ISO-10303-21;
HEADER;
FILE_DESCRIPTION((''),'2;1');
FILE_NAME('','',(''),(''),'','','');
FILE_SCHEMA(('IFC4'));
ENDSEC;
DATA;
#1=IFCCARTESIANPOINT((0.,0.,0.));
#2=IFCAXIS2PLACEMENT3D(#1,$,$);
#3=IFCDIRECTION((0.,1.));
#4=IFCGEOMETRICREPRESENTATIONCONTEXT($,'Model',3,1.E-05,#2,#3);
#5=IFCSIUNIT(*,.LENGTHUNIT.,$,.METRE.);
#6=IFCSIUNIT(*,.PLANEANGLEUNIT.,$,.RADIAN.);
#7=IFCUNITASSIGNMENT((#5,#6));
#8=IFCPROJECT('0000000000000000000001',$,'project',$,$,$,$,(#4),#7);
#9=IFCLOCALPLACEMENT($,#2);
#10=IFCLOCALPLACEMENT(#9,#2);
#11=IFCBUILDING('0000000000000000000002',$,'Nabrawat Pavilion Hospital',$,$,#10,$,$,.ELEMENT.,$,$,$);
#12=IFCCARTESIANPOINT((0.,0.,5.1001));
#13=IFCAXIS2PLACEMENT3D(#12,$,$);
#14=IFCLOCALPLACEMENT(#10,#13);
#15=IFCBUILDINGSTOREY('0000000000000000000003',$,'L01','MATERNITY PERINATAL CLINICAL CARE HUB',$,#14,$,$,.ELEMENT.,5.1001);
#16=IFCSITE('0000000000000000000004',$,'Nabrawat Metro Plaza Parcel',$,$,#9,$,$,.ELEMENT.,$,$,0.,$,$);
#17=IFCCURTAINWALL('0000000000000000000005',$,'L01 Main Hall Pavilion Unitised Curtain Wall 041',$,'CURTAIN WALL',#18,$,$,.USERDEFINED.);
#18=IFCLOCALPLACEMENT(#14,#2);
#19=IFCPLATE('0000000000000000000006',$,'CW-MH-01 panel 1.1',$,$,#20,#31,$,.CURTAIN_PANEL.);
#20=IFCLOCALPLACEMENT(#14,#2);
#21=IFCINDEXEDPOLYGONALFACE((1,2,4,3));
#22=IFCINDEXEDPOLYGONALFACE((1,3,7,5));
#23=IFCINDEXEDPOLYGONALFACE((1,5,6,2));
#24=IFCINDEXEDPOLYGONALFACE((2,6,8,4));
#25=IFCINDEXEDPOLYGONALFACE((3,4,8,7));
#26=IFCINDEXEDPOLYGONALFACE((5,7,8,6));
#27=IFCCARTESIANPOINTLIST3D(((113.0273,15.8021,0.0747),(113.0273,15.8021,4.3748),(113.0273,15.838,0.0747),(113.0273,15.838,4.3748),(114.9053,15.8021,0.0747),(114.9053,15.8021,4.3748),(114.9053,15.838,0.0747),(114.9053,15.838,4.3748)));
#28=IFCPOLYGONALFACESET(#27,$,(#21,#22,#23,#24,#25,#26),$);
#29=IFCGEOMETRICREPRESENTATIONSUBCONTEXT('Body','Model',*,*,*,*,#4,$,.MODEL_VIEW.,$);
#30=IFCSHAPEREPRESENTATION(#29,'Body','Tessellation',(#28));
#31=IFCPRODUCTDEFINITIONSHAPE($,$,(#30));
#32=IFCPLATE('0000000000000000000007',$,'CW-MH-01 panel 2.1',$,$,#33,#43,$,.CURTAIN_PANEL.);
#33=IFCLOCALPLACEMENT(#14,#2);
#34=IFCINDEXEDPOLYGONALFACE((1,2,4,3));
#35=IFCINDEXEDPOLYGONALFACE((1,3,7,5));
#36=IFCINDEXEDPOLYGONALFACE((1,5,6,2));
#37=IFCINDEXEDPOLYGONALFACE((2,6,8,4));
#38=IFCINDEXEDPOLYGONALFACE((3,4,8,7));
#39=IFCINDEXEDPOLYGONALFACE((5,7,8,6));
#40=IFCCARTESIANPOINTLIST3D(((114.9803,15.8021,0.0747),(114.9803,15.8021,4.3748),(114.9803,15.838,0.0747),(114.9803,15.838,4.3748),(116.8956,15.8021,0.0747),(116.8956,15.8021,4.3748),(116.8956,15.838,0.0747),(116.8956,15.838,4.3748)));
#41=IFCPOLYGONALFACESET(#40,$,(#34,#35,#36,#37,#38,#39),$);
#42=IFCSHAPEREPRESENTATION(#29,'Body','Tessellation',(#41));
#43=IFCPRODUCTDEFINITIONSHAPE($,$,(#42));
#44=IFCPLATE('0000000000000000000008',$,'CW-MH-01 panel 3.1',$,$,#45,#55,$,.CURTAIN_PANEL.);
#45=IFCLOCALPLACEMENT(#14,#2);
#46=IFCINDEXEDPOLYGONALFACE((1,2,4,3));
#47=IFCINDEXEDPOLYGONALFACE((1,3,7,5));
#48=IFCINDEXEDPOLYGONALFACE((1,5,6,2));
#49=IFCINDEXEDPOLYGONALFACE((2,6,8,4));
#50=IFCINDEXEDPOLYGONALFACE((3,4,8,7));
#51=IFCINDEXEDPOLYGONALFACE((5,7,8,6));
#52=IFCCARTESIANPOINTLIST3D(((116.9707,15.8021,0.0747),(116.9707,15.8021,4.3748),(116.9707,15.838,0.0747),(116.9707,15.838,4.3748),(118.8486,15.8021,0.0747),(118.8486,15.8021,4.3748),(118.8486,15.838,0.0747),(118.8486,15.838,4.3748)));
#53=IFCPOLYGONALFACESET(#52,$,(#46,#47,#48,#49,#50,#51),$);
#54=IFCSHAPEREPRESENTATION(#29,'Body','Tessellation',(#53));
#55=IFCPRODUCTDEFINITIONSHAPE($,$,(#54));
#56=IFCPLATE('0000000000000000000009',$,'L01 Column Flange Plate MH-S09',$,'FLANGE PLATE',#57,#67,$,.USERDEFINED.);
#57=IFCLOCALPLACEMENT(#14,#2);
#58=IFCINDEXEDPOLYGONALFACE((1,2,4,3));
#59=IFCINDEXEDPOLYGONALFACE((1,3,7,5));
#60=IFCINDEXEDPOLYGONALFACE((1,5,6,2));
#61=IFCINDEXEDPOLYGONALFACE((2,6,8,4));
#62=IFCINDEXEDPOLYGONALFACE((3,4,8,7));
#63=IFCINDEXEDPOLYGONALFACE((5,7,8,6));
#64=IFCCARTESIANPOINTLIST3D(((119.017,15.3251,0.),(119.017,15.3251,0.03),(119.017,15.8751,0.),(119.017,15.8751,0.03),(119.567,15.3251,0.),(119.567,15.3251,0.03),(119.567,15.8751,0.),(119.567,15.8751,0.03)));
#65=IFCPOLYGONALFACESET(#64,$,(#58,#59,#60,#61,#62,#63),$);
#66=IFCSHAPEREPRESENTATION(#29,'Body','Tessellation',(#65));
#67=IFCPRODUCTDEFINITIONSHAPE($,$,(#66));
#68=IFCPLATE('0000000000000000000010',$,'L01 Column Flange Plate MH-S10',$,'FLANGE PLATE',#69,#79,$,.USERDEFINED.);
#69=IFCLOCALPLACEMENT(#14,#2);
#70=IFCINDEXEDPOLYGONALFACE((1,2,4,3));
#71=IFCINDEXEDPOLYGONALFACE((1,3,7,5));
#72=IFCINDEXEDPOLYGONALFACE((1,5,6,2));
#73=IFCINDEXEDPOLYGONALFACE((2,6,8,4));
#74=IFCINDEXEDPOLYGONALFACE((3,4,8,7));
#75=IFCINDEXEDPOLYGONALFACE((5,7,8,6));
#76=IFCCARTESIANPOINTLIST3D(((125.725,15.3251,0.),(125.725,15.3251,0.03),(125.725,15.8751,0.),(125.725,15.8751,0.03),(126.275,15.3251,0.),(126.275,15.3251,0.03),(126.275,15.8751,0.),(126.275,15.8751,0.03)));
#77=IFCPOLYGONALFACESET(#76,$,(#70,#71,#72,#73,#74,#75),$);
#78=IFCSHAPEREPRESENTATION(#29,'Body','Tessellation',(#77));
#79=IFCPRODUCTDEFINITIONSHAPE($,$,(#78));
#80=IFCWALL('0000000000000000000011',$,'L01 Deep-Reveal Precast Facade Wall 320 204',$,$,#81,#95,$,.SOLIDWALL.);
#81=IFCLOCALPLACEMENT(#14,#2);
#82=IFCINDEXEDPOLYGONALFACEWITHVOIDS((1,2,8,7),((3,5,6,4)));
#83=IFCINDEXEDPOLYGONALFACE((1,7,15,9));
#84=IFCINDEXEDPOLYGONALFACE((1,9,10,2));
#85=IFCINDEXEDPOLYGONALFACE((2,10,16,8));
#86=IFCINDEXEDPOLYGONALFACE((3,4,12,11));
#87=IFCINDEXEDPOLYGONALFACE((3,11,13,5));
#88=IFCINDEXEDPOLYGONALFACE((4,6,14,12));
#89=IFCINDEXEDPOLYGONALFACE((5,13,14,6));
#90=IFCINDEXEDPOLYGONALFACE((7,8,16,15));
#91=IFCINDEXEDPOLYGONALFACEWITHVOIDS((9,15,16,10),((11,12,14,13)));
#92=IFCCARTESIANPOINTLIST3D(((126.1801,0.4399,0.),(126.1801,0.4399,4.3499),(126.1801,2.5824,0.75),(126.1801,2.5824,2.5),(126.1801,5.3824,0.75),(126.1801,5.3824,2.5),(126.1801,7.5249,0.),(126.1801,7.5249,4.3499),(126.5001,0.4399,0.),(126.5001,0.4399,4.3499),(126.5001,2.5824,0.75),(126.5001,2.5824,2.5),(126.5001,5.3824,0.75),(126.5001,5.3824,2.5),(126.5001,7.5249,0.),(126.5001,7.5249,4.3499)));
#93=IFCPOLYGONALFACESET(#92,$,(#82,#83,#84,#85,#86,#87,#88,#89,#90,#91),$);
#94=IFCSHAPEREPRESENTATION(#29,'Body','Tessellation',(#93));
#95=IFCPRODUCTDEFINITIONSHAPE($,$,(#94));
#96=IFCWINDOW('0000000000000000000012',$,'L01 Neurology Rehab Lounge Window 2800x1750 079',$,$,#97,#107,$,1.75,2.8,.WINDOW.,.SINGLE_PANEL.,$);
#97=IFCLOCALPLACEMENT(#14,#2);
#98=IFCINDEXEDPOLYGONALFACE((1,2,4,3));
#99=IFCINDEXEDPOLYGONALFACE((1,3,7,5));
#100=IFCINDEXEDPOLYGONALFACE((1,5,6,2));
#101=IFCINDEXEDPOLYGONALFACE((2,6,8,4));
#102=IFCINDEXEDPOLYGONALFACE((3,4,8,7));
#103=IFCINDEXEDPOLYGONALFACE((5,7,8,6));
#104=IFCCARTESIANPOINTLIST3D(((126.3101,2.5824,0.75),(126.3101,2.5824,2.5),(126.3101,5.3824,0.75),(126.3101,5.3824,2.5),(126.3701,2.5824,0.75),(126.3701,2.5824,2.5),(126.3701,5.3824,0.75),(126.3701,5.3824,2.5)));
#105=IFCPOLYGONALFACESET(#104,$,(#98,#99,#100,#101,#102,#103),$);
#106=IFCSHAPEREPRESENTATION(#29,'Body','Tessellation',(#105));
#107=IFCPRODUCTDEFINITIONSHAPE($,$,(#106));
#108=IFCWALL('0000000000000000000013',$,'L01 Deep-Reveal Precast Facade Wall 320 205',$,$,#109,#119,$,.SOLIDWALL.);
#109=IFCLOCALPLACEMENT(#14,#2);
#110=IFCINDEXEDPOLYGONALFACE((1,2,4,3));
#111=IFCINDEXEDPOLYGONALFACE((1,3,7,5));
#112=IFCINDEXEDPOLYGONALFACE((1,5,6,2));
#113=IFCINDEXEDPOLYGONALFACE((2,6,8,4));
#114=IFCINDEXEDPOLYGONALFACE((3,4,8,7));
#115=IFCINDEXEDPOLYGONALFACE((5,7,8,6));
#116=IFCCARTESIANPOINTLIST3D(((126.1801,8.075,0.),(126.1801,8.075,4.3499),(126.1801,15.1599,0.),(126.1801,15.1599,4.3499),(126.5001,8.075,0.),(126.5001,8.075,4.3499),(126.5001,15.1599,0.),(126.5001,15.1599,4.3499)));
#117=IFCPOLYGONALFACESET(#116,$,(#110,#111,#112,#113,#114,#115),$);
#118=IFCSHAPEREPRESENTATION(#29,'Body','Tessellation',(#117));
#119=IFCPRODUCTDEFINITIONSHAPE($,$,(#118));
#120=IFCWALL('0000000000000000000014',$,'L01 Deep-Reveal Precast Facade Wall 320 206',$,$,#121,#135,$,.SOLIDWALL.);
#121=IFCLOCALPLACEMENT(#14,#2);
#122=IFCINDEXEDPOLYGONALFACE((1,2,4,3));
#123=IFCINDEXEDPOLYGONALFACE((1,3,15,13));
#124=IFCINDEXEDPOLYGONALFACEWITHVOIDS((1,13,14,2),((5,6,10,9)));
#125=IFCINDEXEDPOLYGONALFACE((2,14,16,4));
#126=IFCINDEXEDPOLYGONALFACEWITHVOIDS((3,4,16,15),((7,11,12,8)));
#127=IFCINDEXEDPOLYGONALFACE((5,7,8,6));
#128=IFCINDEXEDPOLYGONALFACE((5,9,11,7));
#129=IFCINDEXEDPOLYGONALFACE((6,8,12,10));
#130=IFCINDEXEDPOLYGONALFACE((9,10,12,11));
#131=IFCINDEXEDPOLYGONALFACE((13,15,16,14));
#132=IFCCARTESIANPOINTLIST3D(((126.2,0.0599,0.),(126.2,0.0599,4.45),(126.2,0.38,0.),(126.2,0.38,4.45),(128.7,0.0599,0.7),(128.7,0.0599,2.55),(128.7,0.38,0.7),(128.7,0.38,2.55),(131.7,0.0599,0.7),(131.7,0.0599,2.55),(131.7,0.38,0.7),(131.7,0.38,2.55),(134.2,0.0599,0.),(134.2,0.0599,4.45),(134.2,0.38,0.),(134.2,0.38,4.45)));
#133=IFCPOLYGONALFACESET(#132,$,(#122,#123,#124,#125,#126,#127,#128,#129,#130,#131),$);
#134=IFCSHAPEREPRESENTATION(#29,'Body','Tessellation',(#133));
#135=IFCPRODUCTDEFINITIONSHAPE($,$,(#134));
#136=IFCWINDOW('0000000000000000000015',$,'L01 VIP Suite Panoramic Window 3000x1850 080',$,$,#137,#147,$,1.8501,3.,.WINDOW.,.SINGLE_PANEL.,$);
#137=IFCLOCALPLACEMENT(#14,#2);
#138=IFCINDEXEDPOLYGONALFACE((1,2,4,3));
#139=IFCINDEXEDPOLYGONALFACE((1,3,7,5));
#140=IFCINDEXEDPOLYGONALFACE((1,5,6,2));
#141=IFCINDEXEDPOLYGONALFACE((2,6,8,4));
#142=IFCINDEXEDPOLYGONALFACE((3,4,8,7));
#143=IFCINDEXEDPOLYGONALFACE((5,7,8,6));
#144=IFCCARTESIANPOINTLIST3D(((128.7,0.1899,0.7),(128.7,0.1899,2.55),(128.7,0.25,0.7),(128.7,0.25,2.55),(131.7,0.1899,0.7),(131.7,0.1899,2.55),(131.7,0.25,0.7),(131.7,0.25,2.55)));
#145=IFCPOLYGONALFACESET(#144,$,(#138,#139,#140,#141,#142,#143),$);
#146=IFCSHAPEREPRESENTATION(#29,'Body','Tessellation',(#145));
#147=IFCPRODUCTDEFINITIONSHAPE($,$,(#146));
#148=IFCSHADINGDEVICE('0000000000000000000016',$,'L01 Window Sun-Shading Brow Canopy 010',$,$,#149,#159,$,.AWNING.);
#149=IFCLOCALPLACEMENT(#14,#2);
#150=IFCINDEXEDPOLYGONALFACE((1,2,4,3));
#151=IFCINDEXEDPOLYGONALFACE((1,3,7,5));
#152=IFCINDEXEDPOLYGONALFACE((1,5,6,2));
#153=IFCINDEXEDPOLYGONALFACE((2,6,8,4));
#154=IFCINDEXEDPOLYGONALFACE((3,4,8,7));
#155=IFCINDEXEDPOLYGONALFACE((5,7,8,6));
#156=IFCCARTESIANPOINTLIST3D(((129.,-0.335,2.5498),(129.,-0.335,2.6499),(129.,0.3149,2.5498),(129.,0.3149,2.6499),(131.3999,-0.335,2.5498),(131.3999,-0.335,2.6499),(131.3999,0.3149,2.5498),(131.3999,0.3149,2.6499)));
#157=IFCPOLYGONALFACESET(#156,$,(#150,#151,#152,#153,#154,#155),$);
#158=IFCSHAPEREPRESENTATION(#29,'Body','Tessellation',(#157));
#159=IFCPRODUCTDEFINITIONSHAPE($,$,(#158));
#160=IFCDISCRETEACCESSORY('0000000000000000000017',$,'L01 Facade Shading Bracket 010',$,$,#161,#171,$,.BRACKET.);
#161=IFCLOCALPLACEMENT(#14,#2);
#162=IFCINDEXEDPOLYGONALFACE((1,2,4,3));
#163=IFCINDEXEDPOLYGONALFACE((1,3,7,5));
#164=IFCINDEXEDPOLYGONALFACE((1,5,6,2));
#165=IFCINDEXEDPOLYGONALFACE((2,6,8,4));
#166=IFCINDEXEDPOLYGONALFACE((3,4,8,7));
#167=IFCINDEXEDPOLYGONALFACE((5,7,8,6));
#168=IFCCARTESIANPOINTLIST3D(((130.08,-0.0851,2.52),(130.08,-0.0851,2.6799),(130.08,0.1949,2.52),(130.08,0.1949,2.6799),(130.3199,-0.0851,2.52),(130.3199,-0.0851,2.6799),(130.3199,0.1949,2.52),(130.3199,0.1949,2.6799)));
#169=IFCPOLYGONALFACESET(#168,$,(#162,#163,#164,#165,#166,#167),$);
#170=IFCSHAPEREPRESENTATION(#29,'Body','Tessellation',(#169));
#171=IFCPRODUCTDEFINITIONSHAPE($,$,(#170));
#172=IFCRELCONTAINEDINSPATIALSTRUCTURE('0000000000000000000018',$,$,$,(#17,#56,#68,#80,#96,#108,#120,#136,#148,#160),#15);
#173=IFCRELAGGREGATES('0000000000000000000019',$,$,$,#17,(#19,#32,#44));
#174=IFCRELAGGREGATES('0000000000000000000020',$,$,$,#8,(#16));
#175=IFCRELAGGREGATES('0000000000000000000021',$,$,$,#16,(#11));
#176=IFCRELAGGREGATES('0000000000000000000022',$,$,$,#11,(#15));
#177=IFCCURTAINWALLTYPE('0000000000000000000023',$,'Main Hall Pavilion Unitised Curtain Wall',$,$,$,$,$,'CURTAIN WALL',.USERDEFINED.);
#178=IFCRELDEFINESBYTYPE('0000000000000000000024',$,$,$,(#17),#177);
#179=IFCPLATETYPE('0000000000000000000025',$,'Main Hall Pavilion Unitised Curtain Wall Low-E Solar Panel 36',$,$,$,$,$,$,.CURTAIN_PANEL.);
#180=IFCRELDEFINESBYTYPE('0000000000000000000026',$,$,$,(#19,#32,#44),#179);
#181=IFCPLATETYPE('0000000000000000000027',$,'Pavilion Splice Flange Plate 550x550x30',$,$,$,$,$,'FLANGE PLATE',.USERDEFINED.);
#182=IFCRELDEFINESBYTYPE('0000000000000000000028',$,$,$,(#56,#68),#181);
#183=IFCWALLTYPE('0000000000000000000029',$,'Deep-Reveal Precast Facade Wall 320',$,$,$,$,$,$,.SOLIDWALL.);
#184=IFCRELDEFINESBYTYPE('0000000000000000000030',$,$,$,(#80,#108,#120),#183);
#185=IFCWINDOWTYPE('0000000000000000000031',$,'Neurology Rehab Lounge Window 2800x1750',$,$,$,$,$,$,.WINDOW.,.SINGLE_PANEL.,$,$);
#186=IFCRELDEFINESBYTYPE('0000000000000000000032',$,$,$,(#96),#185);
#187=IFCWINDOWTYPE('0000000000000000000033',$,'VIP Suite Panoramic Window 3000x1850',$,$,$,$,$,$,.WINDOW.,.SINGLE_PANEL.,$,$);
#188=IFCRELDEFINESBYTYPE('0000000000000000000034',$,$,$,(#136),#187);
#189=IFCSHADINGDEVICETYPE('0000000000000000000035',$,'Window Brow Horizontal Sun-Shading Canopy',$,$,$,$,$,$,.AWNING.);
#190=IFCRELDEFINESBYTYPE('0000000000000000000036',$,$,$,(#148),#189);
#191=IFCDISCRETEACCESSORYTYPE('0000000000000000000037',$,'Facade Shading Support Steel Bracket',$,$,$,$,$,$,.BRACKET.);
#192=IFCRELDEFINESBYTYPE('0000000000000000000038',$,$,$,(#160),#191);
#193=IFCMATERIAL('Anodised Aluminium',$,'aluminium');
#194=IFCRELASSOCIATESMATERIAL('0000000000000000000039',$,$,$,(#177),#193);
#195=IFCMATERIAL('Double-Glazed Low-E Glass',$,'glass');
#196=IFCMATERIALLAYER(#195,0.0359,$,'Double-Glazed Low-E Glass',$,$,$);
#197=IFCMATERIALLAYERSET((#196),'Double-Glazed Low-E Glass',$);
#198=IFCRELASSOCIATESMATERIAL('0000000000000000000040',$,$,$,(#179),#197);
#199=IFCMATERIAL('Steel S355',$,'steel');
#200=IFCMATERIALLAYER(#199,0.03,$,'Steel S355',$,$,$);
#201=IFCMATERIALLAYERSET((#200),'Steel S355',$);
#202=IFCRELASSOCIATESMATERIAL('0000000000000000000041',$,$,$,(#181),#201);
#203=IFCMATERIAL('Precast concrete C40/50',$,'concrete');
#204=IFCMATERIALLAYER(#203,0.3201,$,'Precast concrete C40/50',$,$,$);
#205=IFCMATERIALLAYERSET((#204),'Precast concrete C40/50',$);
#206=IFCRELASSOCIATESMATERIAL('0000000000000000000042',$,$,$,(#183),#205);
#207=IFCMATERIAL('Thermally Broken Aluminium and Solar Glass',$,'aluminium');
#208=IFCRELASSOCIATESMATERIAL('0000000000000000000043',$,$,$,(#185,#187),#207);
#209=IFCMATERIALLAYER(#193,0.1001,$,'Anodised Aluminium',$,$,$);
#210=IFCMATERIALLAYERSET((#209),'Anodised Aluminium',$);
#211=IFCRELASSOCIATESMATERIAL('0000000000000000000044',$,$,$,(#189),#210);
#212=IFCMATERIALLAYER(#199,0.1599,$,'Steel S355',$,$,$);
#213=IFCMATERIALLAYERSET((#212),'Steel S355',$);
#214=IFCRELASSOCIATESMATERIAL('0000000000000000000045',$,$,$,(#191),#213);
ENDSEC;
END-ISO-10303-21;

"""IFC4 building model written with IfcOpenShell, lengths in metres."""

from ifc_helpers import new_model, si_unit, direction, frame, frame_2d, origin, origin_2d, place, context, subcontext, project, spatial, rectangle, extrude, material, layer, layer_set, type_object, element, fill, aggregate, save


model = new_model("IFC4")

# Units and contexts
model_context = context("Model", 3, precision=1e-05, world=origin(), true_north=direction((0.0, 1.0)))
body_context = subcontext(model_context, "Body", "Model", "MODEL_VIEW")
ifc_project = project(units=[si_unit("LENGTHUNIT", "METRE"), si_unit("PLANEANGLEUNIT", "RADIAN")], contexts=[model_context])

# Site, building, storey
site_placement = place(None, origin())
site = spatial("IfcSite", under=ifc_project, at=site_placement, Name="Nabrawat Metro Plaza Parcel", CompositionType="ELEMENT", RefElevation=0.0)
building_placement = place(site_placement, origin())
building = spatial("IfcBuilding", under=site, at=building_placement, Name="Nabrawat Pavilion Hospital", CompositionType="ELEMENT")
storey_placement = place(building_placement, frame((0.0, 0.0, 5.1001)))
storey = spatial("IfcBuildingStorey", under=building, at=storey_placement, Name="L01", Description="MATERNITY PERINATAL CLINICAL CARE HUB", CompositionType="ELEMENT", Elevation=5.1001)

# Shared definitions
ifc_material_1 = material(Name="Steel S355", Category="steel")

# Curtain wall
ifc_material_2 = material(Name="Anodised Aluminium", Category="aluminium")
curtain_wall_type = type_object("IfcCurtainWallType", Name="Main Hall Pavilion Unitised Curtain Wall", ElementType="CURTAIN WALL", PredefinedType="USERDEFINED", material=ifc_material_2)
curtain_wall_placement = place(storey_placement, origin())
curtain_wall = element("IfcCurtainWall", 1, at=curtain_wall_placement, inside=storey, type_object=curtain_wall_type, Name="L01 Main Hall Pavilion Unitised Curtain Wall 041", ObjectType="CURTAIN WALL", PredefinedType="USERDEFINED")

# Plates
ifc_material_3 = material(Name="Double-Glazed Low-E Glass", Category="glass")
ifc_layer_1 = layer(ifc_material_3, 0.0359, Name="Double-Glazed Low-E Glass")
ifc_layer_set_1 = layer_set([ifc_layer_1], Name="Double-Glazed Low-E Glass")
plate_type_1 = type_object("IfcPlateType", Name="Main Hall Pavilion Unitised Curtain Wall Low-E Solar Panel 36", PredefinedType="CURTAIN_PANEL", material=ifc_layer_set_1)
plate_1_placement = place(storey_placement, frame((113.9663, 15.8201, 0.0747), z_axis=(0.0, 0.0, 1.0), x_axis=(1.0, 0.0, 0.0)))
plate_1 = element("IfcPlate", 2, at=plate_1_placement, type_object=plate_type_1, Name="CW-MH-01 panel 1.1", PredefinedType="CURTAIN_PANEL", context=body_context, shape_type="SweptSolid", body=[
    extrude(rectangle(XDim=1.8779, YDim=0.0359, at=origin_2d()), origin(), (0.0, 0.0, 1.0), 4.3),
])
plate_2_placement = place(storey_placement, frame((115.938, 15.8201, 0.0747), z_axis=(0.0, 0.0, 1.0), x_axis=(1.0, 0.0, 0.0)))
plate_2 = element("IfcPlate", 3, at=plate_2_placement, type_object=plate_type_1, Name="CW-MH-01 panel 2.1", PredefinedType="CURTAIN_PANEL", context=body_context, shape_type="SweptSolid", body=[
    extrude(rectangle(XDim=1.9153, YDim=0.0359, at=origin_2d()), origin(), (0.0, 0.0, 1.0), 4.3),
])
plate_3_placement = place(storey_placement, frame((117.9097, 15.8201, 0.0747), z_axis=(0.0, 0.0, 1.0), x_axis=(1.0, 0.0, 0.0)))
plate_3 = element("IfcPlate", 4, at=plate_3_placement, type_object=plate_type_1, Name="CW-MH-01 panel 3.1", PredefinedType="CURTAIN_PANEL", context=body_context, shape_type="SweptSolid", body=[
    extrude(rectangle(XDim=1.8779, YDim=0.0359, at=origin_2d()), origin(), (0.0, 0.0, 1.0), 4.3),
])
aggregate(curtain_wall, [plate_1, plate_2, plate_3])

# Plates
ifc_layer_2 = layer(ifc_material_1, 0.03, Name="Steel S355")
ifc_layer_set_2 = layer_set([ifc_layer_2], Name="Steel S355")
plate_type_2 = type_object("IfcPlateType", Name="Pavilion Splice Flange Plate 550x550x30", ElementType="FLANGE PLATE", PredefinedType="USERDEFINED", material=ifc_layer_set_2)
for number, where, z_axis, x_axis, name in (
    (5, (119.292, 15.6001, 0.0), (0.0, 0.0, 1.0), (1.0, 0.0, 0.0), "L01 Column Flange Plate MH-S09"),
    (6, (126.0, 15.6001, 0.0), (0.0, 0.0, 1.0), (1.0, 0.0, 0.0), "L01 Column Flange Plate MH-S10"),
):
    element("IfcPlate", number, at=place(storey_placement, frame(where, z_axis=z_axis, x_axis=x_axis)), inside=storey, type_object=plate_type_2, Name=name, ObjectType="FLANGE PLATE", PredefinedType="USERDEFINED", context=body_context, shape_type="SweptSolid", body=[
        extrude(rectangle(XDim=0.55, YDim=0.55, at=origin_2d()), origin(), (0.0, 0.0, 1.0), 0.03),
    ])

# Wall, opening, window
ifc_material_4 = material(Name="Precast concrete C40/50", Category="concrete")
ifc_layer_3 = layer(ifc_material_4, 0.3201, Name="Precast concrete C40/50")
ifc_layer_set_3 = layer_set([ifc_layer_3], Name="Precast concrete C40/50")
wall_type = type_object("IfcWallType", Name="Deep-Reveal Precast Facade Wall 320", PredefinedType="SOLIDWALL", material=ifc_layer_set_3)
wall_1_placement = place(storey_placement, frame((126.3401, 0.4399, 0.0), z_axis=(0.0, 0.0, 1.0), x_axis=(0.0, 1.0, 0.0)))
wall_1 = element("IfcWall", 7, at=wall_1_placement, inside=storey, type_object=wall_type, Name="L01 Deep-Reveal Precast Facade Wall 320 204", PredefinedType="SOLIDWALL", context=body_context, shape_type="SweptSolid", body=[
    extrude(rectangle(XDim=7.085, YDim=0.3201, at=frame_2d((3.5425, 0.0))), origin(), (0.0, 0.0, 1.0), 4.3499),
])
opening_1_placement = place(wall_1_placement, frame((2.1426, 0.0, 0.75)))
opening_1 = element("IfcOpeningElement", 8, at=opening_1_placement, cuts=wall_1, PredefinedType="OPENING", context=body_context, shape_type="SweptSolid", body=[
    extrude(rectangle(XDim=2.8, YDim=1.75, at=frame_2d((1.3999, 0.875))), frame((0.0, 0.1699, 0.0), z_axis=(0.0, -1.0, 0.0), x_axis=(1.0, 0.0, 0.0)), (0.0, 0.0, 1.0), 0.3401),
])
ifc_material_5 = material(Name="Thermally Broken Aluminium and Solar Glass", Category="aluminium")
window_type_1 = type_object("IfcWindowType", Name="Neurology Rehab Lounge Window 2800x1750", PartitioningType="SINGLE_PANEL", PredefinedType="WINDOW", material=ifc_material_5)
window_1_placement = place(opening_1_placement, origin())
window_1 = element("IfcWindow", 9, at=window_1_placement, inside=storey, type_object=window_type_1, Name="L01 Neurology Rehab Lounge Window 2800x1750 079", OverallHeight=1.75, OverallWidth=2.8, PartitioningType="SINGLE_PANEL", PredefinedType="WINDOW", context=body_context, shape_type="SweptSolid", body=[
    extrude(rectangle(XDim=2.8, YDim=1.75, at=frame_2d((1.3999, 0.875))), frame((0.0, 0.03, 0.0), z_axis=(0.0, -1.0, 0.0), x_axis=(1.0, 0.0, 0.0)), (0.0, 0.0, 1.0), 0.0601),
])
fill(opening_1, window_1)

# Wall
wall_2_placement = place(storey_placement, frame((126.3401, 8.075, 0.0), z_axis=(0.0, 0.0, 1.0), x_axis=(0.0, 1.0, 0.0)))
element("IfcWall", 10, at=wall_2_placement, inside=storey, type_object=wall_type, Name="L01 Deep-Reveal Precast Facade Wall 320 205", PredefinedType="SOLIDWALL", context=body_context, shape_type="SweptSolid", body=[
    extrude(rectangle(XDim=7.085, YDim=0.3201, at=frame_2d((3.5425, 0.0))), origin(), (0.0, 0.0, 1.0), 4.3499),
])

# Wall, opening, window
wall_3_placement = place(storey_placement, frame((126.2, 0.22, 0.0), z_axis=(0.0, 0.0, 1.0), x_axis=(1.0, 0.0, 0.0)))
wall_3 = element("IfcWall", 11, at=wall_3_placement, inside=storey, type_object=wall_type, Name="L01 Deep-Reveal Precast Facade Wall 320 206", PredefinedType="SOLIDWALL", context=body_context, shape_type="SweptSolid", body=[
    extrude(rectangle(XDim=8.0, YDim=0.3201, at=frame_2d((4.0, 0.0))), origin(), (0.0, 0.0, 1.0), 4.45),
])
opening_2_placement = place(wall_3_placement, frame((2.5, 0.0, 0.7)))
opening_2 = element("IfcOpeningElement", 12, at=opening_2_placement, cuts=wall_3, PredefinedType="OPENING", context=body_context, shape_type="SweptSolid", body=[
    extrude(rectangle(XDim=3.0, YDim=1.8501, at=frame_2d((1.5, 0.925))), frame((0.0, 0.1699, 0.0), z_axis=(0.0, -1.0, 0.0), x_axis=(1.0, 0.0, 0.0)), (0.0, 0.0, 1.0), 0.3401),
])
window_type_2 = type_object("IfcWindowType", Name="VIP Suite Panoramic Window 3000x1850", PartitioningType="SINGLE_PANEL", PredefinedType="WINDOW", material=ifc_material_5)
window_2_placement = place(opening_2_placement, origin())
window_2 = element("IfcWindow", 13, at=window_2_placement, inside=storey, type_object=window_type_2, Name="L01 VIP Suite Panoramic Window 3000x1850 080", OverallHeight=1.8501, OverallWidth=3.0, PartitioningType="SINGLE_PANEL", PredefinedType="WINDOW", context=body_context, shape_type="SweptSolid", body=[
    extrude(rectangle(XDim=3.0, YDim=1.8501, at=frame_2d((1.5, 0.925))), frame((0.0, 0.03, 0.0), z_axis=(0.0, -1.0, 0.0), x_axis=(1.0, 0.0, 0.0)), (0.0, 0.0, 1.0), 0.0601),
])
fill(opening_2, window_2)

# Shading device
ifc_layer_4 = layer(ifc_material_2, 0.1001, Name="Anodised Aluminium")
ifc_layer_set_4 = layer_set([ifc_layer_4], Name="Anodised Aluminium")
shading_device_type = type_object("IfcShadingDeviceType", Name="Window Brow Horizontal Sun-Shading Canopy", PredefinedType="AWNING", material=ifc_layer_set_4)
shading_device_placement = place(storey_placement, frame((130.2, -0.01, 2.5498), z_axis=(0.0, 0.0, 1.0), x_axis=(1.0, 0.0, 0.0)))
element("IfcShadingDevice", 14, at=shading_device_placement, inside=storey, type_object=shading_device_type, Name="L01 Window Sun-Shading Brow Canopy 010", PredefinedType="AWNING", context=body_context, shape_type="SweptSolid", body=[
    extrude(rectangle(XDim=2.3999, YDim=0.6499, at=origin_2d()), origin(), (0.0, 0.0, 1.0), 0.1001),
])

# Discrete accessory
ifc_layer_5 = layer(ifc_material_1, 0.1599, Name="Steel S355")
ifc_layer_set_5 = layer_set([ifc_layer_5], Name="Steel S355")
discrete_accessory_type = type_object("IfcDiscreteAccessoryType", Name="Facade Shading Support Steel Bracket", PredefinedType="BRACKET", material=ifc_layer_set_5)
discrete_accessory_placement = place(storey_placement, frame((130.2, 0.0549, 2.52), z_axis=(0.0, 0.0, 1.0), x_axis=(1.0, 0.0, 0.0)))
element("IfcDiscreteAccessory", 15, at=discrete_accessory_placement, inside=storey, type_object=discrete_accessory_type, Name="L01 Facade Shading Bracket 010", PredefinedType="BRACKET", context=body_context, shape_type="SweptSolid", body=[
    extrude(rectangle(XDim=0.24, YDim=0.28, at=origin_2d()), origin(), (0.0, 0.0, 1.0), 0.1599),
])

save(model, "model.ifc")
